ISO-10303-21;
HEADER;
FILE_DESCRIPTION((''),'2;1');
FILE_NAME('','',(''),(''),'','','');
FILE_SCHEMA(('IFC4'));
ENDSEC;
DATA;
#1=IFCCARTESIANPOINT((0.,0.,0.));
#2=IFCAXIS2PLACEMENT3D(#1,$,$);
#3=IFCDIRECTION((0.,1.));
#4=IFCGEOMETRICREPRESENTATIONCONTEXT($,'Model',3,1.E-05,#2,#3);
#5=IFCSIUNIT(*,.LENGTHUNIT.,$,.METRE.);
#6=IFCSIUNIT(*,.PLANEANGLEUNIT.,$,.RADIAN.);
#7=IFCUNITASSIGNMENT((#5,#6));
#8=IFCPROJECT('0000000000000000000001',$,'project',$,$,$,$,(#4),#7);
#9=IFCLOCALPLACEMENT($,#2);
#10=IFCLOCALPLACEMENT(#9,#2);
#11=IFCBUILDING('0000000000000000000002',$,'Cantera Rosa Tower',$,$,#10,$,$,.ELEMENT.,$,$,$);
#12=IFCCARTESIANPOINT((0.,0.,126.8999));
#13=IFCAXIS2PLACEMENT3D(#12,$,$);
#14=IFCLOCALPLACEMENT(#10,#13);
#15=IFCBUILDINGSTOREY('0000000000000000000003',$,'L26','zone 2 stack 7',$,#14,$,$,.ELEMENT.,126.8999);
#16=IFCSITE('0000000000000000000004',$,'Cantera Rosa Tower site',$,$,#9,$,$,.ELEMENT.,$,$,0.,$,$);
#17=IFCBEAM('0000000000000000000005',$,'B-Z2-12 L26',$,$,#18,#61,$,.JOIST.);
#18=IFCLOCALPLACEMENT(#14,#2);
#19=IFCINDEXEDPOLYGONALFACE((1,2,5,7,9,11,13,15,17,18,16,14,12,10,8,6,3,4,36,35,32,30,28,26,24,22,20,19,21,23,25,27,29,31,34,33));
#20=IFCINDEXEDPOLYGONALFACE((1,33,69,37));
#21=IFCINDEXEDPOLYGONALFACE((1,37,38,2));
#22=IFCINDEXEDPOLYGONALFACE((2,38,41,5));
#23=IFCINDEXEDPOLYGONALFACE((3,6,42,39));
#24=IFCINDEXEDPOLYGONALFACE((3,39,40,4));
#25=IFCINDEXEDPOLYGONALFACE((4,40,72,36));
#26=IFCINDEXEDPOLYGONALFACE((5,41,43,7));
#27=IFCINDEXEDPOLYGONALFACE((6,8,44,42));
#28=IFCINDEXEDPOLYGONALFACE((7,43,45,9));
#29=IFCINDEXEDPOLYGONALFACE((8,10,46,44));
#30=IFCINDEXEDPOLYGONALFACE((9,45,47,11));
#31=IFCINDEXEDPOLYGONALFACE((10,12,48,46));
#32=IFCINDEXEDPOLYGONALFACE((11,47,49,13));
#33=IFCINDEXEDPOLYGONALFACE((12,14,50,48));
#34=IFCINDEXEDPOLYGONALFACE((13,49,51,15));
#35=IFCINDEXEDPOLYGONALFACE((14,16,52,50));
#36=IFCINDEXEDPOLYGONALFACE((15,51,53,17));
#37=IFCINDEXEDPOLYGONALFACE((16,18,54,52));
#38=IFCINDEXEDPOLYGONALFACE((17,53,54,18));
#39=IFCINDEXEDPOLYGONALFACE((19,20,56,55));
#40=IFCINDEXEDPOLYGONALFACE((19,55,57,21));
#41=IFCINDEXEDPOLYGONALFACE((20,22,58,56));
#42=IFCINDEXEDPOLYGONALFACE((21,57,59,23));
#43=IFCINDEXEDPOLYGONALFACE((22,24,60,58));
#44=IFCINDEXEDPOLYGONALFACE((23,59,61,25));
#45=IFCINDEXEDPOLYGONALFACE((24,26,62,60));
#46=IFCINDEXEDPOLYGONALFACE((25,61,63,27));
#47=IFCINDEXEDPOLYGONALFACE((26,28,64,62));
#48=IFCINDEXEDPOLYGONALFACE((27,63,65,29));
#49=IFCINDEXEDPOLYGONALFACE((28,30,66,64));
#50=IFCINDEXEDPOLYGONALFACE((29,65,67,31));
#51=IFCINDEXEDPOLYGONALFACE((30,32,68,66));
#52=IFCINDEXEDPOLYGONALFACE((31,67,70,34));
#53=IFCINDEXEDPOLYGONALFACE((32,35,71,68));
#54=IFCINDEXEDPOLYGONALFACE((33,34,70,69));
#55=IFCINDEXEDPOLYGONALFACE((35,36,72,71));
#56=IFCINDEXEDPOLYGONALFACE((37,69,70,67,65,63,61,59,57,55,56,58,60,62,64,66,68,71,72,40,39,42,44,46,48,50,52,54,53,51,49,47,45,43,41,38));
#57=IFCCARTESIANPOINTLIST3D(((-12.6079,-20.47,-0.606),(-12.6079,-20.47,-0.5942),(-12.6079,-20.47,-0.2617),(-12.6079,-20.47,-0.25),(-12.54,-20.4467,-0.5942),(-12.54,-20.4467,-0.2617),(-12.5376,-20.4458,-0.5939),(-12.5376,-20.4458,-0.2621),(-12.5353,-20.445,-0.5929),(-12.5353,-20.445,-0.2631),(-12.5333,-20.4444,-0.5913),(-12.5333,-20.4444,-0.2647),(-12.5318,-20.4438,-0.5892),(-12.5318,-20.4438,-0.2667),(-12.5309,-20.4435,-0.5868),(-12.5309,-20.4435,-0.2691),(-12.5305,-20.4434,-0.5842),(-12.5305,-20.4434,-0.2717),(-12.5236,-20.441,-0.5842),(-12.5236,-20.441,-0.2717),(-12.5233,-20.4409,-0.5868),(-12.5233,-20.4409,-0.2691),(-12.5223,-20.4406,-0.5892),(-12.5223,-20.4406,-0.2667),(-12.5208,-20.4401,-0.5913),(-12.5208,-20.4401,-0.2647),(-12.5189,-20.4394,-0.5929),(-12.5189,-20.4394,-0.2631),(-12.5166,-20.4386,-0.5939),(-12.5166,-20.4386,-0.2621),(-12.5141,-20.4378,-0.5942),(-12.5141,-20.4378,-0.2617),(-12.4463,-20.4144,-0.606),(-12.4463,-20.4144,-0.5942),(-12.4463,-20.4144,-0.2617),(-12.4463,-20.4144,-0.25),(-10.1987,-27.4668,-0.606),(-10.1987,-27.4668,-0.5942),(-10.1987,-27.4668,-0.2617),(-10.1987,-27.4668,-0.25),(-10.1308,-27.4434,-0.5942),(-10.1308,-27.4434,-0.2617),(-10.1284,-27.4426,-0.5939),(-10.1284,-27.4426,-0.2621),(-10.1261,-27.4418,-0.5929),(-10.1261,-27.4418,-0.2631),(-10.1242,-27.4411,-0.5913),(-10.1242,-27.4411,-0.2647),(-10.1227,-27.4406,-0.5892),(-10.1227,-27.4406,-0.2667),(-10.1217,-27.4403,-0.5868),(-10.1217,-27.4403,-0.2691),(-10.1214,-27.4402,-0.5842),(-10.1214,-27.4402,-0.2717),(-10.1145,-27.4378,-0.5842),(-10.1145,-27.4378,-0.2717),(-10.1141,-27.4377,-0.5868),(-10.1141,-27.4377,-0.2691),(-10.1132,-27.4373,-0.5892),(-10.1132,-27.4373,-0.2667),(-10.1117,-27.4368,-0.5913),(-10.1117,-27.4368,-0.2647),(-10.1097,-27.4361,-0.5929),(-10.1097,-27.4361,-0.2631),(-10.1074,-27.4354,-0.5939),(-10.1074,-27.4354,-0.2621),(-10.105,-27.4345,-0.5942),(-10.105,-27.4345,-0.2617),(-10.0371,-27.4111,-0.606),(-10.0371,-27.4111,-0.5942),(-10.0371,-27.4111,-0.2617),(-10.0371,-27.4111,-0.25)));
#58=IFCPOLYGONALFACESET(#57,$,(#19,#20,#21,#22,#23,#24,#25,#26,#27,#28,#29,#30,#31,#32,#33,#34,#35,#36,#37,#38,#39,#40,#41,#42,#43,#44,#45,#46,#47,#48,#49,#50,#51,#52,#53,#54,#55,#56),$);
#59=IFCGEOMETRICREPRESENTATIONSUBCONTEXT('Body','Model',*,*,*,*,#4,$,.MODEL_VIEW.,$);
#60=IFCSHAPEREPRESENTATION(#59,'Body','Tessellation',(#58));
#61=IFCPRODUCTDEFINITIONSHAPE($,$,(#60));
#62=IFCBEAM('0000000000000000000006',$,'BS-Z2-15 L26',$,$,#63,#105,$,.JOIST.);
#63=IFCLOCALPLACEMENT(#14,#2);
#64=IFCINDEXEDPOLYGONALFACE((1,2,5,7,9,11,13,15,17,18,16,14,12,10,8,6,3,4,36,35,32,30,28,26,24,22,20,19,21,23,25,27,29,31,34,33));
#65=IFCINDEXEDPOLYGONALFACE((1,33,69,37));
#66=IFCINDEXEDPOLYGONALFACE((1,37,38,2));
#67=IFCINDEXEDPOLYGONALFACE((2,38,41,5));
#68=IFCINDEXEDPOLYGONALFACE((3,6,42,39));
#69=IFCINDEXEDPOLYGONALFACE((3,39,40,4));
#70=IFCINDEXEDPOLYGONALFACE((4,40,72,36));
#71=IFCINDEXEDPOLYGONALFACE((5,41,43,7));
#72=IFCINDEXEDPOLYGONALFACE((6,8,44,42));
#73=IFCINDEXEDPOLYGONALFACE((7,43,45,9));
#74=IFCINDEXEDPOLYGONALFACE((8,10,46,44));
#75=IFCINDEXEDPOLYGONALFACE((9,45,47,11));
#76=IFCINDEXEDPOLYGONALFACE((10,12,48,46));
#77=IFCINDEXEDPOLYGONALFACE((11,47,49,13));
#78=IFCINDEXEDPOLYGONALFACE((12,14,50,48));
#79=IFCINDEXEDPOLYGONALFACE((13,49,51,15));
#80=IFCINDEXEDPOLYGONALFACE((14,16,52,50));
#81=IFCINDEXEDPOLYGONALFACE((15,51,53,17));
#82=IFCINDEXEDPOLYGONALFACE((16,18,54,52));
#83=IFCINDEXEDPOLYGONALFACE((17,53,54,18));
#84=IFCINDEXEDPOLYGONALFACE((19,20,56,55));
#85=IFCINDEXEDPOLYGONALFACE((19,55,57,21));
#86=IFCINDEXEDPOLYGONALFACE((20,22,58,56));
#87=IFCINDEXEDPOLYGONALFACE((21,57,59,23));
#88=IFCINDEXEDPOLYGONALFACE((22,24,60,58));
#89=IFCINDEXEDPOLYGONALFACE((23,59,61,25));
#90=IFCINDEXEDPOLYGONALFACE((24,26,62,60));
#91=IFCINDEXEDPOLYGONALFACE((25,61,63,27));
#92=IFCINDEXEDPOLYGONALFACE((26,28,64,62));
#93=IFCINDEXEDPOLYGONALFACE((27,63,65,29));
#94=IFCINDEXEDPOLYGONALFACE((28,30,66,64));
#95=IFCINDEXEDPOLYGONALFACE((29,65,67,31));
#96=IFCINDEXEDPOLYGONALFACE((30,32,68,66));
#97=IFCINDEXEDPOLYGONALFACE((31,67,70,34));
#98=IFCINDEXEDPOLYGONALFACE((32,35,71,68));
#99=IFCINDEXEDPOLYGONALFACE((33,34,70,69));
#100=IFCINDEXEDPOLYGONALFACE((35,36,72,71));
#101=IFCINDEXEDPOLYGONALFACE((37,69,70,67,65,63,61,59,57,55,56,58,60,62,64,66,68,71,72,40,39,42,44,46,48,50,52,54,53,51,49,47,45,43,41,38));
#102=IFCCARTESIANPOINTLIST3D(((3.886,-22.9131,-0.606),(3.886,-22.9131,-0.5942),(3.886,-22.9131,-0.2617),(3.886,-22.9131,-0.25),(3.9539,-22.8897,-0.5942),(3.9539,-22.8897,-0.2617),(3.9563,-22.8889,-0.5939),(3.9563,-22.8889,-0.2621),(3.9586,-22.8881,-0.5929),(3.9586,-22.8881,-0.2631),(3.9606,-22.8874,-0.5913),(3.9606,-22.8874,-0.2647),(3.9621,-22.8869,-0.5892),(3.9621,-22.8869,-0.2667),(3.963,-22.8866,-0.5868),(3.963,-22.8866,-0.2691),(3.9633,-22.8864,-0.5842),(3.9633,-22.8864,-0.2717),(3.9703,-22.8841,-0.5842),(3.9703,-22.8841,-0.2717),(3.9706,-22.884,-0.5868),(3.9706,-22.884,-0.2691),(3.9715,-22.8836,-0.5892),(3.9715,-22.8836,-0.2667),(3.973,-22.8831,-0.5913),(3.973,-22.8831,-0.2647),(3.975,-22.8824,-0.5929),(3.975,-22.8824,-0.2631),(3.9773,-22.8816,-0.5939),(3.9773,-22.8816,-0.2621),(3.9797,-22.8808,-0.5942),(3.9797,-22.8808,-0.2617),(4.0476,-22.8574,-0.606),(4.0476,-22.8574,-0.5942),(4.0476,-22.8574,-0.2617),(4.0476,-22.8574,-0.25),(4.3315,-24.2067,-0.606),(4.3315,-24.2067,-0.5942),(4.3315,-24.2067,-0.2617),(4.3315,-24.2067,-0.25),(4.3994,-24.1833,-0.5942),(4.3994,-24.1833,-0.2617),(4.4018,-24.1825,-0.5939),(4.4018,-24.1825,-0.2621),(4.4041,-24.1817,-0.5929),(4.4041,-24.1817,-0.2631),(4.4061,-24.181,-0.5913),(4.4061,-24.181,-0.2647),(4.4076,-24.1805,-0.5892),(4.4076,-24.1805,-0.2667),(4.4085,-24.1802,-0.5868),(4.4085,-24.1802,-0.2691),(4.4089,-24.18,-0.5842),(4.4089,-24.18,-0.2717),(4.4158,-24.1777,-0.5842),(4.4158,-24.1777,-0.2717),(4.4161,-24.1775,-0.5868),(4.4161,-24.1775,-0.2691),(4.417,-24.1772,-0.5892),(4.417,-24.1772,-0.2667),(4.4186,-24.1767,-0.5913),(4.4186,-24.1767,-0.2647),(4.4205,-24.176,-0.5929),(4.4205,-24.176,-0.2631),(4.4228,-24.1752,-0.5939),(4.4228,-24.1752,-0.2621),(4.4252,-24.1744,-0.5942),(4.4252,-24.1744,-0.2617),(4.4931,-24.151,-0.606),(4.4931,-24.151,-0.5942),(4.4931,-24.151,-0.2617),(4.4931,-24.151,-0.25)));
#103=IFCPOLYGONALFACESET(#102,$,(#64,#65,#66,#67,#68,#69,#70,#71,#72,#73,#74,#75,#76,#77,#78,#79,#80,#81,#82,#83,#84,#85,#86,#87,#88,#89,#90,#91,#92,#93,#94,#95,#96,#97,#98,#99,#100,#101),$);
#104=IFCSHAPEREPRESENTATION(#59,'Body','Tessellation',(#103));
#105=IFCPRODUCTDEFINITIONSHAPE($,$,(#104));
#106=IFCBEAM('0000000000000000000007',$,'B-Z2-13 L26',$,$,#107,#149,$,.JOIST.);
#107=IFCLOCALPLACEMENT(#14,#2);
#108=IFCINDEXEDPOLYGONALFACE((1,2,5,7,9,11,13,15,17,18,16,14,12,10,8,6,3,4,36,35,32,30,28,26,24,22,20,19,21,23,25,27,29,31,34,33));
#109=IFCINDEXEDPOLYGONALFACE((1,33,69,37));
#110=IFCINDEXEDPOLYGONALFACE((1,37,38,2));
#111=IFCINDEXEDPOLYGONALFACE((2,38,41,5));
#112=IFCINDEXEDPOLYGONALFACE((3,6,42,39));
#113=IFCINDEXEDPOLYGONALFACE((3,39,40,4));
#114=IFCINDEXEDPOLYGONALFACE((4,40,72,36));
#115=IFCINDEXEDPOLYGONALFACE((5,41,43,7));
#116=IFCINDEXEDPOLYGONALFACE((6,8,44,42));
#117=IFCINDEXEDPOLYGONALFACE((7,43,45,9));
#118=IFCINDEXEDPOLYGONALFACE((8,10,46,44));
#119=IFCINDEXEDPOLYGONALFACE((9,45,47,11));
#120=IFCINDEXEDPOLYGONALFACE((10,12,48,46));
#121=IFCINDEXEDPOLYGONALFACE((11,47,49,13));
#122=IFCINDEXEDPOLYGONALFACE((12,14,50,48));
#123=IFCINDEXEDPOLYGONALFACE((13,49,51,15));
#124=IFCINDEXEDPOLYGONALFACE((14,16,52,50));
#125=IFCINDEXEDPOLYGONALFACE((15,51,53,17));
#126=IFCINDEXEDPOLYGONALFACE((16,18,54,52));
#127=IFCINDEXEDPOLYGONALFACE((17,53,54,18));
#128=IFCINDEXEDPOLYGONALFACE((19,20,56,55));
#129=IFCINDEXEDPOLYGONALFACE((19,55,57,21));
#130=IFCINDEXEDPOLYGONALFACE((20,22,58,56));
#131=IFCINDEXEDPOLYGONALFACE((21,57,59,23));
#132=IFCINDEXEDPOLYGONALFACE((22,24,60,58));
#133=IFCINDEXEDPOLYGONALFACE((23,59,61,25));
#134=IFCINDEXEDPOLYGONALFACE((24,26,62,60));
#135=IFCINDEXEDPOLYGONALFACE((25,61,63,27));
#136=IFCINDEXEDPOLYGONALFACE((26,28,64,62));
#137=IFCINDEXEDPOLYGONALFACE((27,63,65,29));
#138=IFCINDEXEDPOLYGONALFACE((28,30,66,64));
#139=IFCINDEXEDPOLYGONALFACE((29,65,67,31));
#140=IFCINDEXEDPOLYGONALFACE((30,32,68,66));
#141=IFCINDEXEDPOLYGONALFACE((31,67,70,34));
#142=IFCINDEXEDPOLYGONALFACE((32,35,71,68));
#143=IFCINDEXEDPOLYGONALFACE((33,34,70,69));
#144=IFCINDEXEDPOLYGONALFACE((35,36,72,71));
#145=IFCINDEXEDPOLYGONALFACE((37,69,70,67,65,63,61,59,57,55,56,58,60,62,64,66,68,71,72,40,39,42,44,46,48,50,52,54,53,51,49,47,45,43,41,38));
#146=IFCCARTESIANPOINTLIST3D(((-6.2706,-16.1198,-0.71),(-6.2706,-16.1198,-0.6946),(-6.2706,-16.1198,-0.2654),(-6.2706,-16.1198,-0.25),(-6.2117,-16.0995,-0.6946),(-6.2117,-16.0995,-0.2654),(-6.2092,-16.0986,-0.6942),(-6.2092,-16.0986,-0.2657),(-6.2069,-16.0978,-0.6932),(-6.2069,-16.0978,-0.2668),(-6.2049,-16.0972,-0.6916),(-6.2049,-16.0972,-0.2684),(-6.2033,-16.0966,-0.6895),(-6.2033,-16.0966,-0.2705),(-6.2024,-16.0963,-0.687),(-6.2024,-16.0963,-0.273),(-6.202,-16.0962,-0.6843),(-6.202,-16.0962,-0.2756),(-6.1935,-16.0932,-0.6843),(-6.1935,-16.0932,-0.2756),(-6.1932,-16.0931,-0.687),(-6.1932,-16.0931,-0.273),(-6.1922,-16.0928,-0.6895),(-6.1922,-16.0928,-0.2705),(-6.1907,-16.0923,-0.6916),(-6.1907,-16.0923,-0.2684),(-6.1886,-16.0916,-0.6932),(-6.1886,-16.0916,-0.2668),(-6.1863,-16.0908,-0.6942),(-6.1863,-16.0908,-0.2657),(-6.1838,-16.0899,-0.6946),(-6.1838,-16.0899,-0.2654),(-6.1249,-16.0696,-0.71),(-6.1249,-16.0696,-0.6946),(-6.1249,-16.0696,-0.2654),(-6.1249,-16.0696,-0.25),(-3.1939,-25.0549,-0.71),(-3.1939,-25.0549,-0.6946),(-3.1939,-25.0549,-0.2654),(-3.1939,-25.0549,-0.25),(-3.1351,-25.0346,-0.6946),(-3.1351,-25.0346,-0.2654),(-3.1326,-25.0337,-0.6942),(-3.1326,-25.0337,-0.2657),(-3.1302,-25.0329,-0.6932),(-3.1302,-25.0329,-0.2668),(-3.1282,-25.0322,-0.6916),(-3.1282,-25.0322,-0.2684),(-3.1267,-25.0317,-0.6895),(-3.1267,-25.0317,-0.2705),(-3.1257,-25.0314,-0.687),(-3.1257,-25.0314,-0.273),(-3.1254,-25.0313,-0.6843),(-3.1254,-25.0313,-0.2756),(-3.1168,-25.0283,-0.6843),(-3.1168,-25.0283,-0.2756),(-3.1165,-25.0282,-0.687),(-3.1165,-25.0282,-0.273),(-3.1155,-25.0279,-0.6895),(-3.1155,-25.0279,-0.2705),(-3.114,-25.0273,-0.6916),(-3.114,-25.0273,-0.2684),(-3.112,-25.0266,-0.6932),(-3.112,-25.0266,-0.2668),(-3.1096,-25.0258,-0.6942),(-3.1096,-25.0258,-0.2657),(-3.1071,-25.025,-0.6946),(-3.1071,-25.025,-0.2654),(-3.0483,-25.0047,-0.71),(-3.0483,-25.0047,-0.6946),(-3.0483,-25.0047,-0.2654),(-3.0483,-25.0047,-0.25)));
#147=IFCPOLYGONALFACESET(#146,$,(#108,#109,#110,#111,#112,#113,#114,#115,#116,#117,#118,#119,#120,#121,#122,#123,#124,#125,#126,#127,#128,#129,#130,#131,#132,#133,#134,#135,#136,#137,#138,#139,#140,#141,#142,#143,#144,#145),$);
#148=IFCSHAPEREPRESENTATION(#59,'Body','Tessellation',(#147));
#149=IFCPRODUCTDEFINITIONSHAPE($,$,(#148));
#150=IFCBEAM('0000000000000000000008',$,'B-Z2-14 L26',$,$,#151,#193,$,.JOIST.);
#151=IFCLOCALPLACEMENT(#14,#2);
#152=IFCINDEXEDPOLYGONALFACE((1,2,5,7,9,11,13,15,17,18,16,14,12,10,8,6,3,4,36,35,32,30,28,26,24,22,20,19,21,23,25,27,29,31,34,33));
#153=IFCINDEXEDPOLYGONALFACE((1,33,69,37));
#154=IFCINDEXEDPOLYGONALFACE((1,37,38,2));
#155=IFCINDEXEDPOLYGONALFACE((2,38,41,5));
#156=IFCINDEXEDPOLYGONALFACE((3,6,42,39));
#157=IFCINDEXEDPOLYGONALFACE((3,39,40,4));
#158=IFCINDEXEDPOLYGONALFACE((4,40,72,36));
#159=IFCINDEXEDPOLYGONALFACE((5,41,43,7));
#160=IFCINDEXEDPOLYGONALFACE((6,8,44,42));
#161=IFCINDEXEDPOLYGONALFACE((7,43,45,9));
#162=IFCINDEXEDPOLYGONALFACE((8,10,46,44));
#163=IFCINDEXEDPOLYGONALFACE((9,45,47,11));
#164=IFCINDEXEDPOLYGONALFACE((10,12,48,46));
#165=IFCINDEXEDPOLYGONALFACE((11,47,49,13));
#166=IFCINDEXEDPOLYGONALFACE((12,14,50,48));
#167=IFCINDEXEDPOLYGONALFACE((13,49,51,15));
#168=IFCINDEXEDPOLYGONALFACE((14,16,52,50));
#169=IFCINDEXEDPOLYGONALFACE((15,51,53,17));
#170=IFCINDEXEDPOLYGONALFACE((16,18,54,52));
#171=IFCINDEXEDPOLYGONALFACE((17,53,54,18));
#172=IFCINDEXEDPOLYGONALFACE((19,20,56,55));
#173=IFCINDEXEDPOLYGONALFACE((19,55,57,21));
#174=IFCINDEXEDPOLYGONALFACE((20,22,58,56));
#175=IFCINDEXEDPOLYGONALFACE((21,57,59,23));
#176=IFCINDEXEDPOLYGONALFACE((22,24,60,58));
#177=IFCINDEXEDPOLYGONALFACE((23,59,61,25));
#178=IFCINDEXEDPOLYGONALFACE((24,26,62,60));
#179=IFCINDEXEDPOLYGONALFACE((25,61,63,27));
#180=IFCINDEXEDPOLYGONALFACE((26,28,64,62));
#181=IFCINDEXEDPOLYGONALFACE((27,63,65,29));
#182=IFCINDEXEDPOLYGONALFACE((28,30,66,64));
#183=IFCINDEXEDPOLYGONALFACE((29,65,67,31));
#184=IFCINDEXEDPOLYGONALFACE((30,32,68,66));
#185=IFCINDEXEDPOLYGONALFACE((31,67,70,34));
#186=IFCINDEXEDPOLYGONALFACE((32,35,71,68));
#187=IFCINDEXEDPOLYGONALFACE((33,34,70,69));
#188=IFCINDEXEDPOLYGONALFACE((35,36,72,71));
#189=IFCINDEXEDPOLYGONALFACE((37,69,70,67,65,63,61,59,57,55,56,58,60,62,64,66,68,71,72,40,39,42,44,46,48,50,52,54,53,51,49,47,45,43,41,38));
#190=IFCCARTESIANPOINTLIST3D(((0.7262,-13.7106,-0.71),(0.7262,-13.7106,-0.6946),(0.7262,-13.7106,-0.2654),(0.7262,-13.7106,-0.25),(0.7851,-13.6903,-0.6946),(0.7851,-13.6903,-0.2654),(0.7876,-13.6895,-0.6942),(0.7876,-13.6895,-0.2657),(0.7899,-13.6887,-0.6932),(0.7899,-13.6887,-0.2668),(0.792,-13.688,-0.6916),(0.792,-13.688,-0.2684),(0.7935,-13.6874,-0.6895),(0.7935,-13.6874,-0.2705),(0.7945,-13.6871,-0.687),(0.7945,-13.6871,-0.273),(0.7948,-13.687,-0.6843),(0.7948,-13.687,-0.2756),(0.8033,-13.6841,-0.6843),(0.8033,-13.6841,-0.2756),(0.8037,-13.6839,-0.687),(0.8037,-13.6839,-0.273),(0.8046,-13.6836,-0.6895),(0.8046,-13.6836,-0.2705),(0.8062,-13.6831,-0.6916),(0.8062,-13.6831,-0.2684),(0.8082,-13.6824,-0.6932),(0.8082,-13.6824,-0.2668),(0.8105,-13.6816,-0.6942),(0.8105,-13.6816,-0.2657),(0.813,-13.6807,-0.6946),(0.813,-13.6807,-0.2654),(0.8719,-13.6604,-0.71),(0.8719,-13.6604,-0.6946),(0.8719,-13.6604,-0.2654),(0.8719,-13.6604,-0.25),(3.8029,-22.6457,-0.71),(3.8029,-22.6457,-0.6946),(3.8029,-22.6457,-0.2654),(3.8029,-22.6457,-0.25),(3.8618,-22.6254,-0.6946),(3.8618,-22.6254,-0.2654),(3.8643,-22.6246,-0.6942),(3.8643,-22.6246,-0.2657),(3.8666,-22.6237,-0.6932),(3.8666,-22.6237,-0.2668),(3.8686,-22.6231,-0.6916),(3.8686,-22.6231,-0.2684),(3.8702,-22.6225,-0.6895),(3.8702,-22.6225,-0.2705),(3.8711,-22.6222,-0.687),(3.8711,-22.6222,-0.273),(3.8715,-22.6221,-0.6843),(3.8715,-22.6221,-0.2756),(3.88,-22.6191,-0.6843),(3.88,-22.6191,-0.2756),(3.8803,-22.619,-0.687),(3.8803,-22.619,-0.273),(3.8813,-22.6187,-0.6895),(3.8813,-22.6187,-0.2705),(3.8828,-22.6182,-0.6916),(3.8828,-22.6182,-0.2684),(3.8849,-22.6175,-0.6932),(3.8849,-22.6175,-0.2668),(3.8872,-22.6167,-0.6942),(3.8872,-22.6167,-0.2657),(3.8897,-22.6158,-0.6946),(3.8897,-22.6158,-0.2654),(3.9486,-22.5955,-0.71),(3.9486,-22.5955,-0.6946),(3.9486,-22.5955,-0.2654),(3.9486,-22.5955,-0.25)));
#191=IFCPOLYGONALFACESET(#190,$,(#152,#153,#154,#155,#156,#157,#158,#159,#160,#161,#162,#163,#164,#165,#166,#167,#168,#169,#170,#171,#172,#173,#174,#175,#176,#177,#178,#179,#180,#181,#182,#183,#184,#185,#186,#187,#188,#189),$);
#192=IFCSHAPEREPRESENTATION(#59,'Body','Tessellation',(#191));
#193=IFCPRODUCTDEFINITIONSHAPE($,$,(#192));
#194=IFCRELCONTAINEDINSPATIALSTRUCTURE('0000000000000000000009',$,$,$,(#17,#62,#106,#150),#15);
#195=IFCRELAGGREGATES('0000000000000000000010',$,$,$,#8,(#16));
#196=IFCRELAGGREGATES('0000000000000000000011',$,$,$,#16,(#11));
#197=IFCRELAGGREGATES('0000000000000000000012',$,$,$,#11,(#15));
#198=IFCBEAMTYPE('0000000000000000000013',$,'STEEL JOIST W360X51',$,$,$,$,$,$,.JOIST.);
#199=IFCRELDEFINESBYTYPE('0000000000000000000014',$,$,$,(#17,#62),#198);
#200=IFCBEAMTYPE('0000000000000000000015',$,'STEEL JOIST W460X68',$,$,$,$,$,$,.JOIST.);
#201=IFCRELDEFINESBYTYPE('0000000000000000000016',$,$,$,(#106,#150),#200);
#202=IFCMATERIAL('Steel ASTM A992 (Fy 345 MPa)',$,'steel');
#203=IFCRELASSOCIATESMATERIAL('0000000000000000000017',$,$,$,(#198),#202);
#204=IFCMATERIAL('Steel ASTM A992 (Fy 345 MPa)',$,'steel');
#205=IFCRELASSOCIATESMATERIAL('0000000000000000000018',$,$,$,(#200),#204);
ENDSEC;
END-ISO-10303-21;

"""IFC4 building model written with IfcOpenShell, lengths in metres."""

from ifc_helpers import new_model, si_unit, direction, frame, origin, origin_2d, place, context, subcontext, project, spatial, i_section, extrude, material, material_profile, profile_set, type_object, element, save


model = new_model("IFC4")

# Units and contexts
model_context = context("Model", 3, precision=1e-05, world=origin(), true_north=direction((0.0, 1.0)))
body_context = subcontext(model_context, "Body", "Model", "MODEL_VIEW")
ifc_project = project(units=[si_unit("LENGTHUNIT", "METRE"), si_unit("PLANEANGLEUNIT", "RADIAN")], contexts=[model_context])

# Site, building, storey
site_placement = place(None, origin())
site = spatial("IfcSite", under=ifc_project, at=site_placement, Name="Cantera Rosa Tower site", CompositionType="ELEMENT", RefElevation=0.0)
building_placement = place(site_placement, origin())
building = spatial("IfcBuilding", under=site, at=building_placement, Name="Cantera Rosa Tower", CompositionType="ELEMENT")
storey_placement = place(building_placement, frame((0.0, 0.0, 126.8999)))
storey = spatial("IfcBuildingStorey", under=building, at=storey_placement, Name="L26", Description="zone 2 stack 7", CompositionType="ELEMENT", Elevation=126.8999)

# Beams
ifc_material_1 = material(Name="Steel ASTM A992 (Fy 345 MPa)", Category="steel")
ifc_material_profile_1 = material_profile(ifc_material_1, i_section(OverallWidth=0.1709, OverallDepth=0.356, WebThickness=0.0073, FlangeThickness=0.0117, FilletRadius=0.01, at=origin_2d()), Name="W360X51")
ifc_profile_set_1 = profile_set([ifc_material_profile_1], Name="Steel ASTM A992 (Fy 345 MPa)")
beam_type_1 = type_object("IfcBeamType", Name="STEEL JOIST W360X51", PredefinedType="JOIST", material=ifc_profile_set_1)
beam_1_placement = place(storey_placement, frame((-10.1179, -27.439, -0.428), z_axis=(-0.325566, 0.945519, 0.0), x_axis=(-0.945519, -0.325566, 0.0)))
element("IfcBeam", 1, at=beam_1_placement, inside=storey, type_object=beam_type_1, Name="B-Z2-12 L26", PredefinedType="JOIST", context=body_context, shape_type="SweptSolid", body=[
    extrude(i_section(OverallWidth=0.1709, OverallDepth=0.356, WebThickness=0.0073, FlangeThickness=0.0117, FilletRadius=0.01, at=origin_2d()), origin(), (0.0, 0.0, 1.0), 7.3999),
])
beam_2_placement = place(storey_placement, frame((3.9668, -22.8853, -0.428), z_axis=(0.325633, -0.945496, 0.0), x_axis=(0.945496, 0.325633, 0.0)))
element("IfcBeam", 2, at=beam_2_placement, inside=storey, type_object=beam_type_1, Name="BS-Z2-15 L26", PredefinedType="JOIST", context=body_context, shape_type="SweptSolid", body=[
    extrude(i_section(OverallWidth=0.1709, OverallDepth=0.356, WebThickness=0.0073, FlangeThickness=0.0117, FilletRadius=0.01, at=origin_2d()), origin(), (0.0, 0.0, 1.0), 1.3682),
])
ifc_material_2 = material(Name="Steel ASTM A992 (Fy 345 MPa)", Category="steel")
ifc_material_profile_2 = material_profile(ifc_material_2, i_section(OverallWidth=0.1541, OverallDepth=0.46, WebThickness=0.009, FlangeThickness=0.0154, FilletRadius=0.0103, at=origin_2d()), Name="W460X68")
ifc_profile_set_2 = profile_set([ifc_material_profile_2], Name="Steel ASTM A992 (Fy 345 MPa)")
beam_type_2 = type_object("IfcBeamType", Name="STEEL JOIST W460X68", PredefinedType="JOIST", material=ifc_profile_set_2)
for number, where, z_axis, x_axis, name in (
    (3, (-3.1211, -25.0298, -0.48), (-0.325575, 0.945516, 0.0), (-0.945516, -0.325575, 0.0), "B-Z2-13 L26"),
    (4, (3.8757, -22.6206, -0.48), (-0.325575, 0.945516, 0.0), (-0.945516, -0.325575, 0.0), "B-Z2-14 L26"),
):
    element("IfcBeam", number, at=place(storey_placement, frame(where, z_axis=z_axis, x_axis=x_axis)), inside=storey, type_object=beam_type_2, Name=name, PredefinedType="JOIST", context=body_context, shape_type="SweptSolid", body=[
        extrude(i_section(OverallWidth=0.1541, OverallDepth=0.46, WebThickness=0.009, FlangeThickness=0.0154, FilletRadius=0.0103, at=origin_2d()), origin(), (0.0, 0.0, 1.0), 9.45),
    ])

save(model, "model.ifc")
